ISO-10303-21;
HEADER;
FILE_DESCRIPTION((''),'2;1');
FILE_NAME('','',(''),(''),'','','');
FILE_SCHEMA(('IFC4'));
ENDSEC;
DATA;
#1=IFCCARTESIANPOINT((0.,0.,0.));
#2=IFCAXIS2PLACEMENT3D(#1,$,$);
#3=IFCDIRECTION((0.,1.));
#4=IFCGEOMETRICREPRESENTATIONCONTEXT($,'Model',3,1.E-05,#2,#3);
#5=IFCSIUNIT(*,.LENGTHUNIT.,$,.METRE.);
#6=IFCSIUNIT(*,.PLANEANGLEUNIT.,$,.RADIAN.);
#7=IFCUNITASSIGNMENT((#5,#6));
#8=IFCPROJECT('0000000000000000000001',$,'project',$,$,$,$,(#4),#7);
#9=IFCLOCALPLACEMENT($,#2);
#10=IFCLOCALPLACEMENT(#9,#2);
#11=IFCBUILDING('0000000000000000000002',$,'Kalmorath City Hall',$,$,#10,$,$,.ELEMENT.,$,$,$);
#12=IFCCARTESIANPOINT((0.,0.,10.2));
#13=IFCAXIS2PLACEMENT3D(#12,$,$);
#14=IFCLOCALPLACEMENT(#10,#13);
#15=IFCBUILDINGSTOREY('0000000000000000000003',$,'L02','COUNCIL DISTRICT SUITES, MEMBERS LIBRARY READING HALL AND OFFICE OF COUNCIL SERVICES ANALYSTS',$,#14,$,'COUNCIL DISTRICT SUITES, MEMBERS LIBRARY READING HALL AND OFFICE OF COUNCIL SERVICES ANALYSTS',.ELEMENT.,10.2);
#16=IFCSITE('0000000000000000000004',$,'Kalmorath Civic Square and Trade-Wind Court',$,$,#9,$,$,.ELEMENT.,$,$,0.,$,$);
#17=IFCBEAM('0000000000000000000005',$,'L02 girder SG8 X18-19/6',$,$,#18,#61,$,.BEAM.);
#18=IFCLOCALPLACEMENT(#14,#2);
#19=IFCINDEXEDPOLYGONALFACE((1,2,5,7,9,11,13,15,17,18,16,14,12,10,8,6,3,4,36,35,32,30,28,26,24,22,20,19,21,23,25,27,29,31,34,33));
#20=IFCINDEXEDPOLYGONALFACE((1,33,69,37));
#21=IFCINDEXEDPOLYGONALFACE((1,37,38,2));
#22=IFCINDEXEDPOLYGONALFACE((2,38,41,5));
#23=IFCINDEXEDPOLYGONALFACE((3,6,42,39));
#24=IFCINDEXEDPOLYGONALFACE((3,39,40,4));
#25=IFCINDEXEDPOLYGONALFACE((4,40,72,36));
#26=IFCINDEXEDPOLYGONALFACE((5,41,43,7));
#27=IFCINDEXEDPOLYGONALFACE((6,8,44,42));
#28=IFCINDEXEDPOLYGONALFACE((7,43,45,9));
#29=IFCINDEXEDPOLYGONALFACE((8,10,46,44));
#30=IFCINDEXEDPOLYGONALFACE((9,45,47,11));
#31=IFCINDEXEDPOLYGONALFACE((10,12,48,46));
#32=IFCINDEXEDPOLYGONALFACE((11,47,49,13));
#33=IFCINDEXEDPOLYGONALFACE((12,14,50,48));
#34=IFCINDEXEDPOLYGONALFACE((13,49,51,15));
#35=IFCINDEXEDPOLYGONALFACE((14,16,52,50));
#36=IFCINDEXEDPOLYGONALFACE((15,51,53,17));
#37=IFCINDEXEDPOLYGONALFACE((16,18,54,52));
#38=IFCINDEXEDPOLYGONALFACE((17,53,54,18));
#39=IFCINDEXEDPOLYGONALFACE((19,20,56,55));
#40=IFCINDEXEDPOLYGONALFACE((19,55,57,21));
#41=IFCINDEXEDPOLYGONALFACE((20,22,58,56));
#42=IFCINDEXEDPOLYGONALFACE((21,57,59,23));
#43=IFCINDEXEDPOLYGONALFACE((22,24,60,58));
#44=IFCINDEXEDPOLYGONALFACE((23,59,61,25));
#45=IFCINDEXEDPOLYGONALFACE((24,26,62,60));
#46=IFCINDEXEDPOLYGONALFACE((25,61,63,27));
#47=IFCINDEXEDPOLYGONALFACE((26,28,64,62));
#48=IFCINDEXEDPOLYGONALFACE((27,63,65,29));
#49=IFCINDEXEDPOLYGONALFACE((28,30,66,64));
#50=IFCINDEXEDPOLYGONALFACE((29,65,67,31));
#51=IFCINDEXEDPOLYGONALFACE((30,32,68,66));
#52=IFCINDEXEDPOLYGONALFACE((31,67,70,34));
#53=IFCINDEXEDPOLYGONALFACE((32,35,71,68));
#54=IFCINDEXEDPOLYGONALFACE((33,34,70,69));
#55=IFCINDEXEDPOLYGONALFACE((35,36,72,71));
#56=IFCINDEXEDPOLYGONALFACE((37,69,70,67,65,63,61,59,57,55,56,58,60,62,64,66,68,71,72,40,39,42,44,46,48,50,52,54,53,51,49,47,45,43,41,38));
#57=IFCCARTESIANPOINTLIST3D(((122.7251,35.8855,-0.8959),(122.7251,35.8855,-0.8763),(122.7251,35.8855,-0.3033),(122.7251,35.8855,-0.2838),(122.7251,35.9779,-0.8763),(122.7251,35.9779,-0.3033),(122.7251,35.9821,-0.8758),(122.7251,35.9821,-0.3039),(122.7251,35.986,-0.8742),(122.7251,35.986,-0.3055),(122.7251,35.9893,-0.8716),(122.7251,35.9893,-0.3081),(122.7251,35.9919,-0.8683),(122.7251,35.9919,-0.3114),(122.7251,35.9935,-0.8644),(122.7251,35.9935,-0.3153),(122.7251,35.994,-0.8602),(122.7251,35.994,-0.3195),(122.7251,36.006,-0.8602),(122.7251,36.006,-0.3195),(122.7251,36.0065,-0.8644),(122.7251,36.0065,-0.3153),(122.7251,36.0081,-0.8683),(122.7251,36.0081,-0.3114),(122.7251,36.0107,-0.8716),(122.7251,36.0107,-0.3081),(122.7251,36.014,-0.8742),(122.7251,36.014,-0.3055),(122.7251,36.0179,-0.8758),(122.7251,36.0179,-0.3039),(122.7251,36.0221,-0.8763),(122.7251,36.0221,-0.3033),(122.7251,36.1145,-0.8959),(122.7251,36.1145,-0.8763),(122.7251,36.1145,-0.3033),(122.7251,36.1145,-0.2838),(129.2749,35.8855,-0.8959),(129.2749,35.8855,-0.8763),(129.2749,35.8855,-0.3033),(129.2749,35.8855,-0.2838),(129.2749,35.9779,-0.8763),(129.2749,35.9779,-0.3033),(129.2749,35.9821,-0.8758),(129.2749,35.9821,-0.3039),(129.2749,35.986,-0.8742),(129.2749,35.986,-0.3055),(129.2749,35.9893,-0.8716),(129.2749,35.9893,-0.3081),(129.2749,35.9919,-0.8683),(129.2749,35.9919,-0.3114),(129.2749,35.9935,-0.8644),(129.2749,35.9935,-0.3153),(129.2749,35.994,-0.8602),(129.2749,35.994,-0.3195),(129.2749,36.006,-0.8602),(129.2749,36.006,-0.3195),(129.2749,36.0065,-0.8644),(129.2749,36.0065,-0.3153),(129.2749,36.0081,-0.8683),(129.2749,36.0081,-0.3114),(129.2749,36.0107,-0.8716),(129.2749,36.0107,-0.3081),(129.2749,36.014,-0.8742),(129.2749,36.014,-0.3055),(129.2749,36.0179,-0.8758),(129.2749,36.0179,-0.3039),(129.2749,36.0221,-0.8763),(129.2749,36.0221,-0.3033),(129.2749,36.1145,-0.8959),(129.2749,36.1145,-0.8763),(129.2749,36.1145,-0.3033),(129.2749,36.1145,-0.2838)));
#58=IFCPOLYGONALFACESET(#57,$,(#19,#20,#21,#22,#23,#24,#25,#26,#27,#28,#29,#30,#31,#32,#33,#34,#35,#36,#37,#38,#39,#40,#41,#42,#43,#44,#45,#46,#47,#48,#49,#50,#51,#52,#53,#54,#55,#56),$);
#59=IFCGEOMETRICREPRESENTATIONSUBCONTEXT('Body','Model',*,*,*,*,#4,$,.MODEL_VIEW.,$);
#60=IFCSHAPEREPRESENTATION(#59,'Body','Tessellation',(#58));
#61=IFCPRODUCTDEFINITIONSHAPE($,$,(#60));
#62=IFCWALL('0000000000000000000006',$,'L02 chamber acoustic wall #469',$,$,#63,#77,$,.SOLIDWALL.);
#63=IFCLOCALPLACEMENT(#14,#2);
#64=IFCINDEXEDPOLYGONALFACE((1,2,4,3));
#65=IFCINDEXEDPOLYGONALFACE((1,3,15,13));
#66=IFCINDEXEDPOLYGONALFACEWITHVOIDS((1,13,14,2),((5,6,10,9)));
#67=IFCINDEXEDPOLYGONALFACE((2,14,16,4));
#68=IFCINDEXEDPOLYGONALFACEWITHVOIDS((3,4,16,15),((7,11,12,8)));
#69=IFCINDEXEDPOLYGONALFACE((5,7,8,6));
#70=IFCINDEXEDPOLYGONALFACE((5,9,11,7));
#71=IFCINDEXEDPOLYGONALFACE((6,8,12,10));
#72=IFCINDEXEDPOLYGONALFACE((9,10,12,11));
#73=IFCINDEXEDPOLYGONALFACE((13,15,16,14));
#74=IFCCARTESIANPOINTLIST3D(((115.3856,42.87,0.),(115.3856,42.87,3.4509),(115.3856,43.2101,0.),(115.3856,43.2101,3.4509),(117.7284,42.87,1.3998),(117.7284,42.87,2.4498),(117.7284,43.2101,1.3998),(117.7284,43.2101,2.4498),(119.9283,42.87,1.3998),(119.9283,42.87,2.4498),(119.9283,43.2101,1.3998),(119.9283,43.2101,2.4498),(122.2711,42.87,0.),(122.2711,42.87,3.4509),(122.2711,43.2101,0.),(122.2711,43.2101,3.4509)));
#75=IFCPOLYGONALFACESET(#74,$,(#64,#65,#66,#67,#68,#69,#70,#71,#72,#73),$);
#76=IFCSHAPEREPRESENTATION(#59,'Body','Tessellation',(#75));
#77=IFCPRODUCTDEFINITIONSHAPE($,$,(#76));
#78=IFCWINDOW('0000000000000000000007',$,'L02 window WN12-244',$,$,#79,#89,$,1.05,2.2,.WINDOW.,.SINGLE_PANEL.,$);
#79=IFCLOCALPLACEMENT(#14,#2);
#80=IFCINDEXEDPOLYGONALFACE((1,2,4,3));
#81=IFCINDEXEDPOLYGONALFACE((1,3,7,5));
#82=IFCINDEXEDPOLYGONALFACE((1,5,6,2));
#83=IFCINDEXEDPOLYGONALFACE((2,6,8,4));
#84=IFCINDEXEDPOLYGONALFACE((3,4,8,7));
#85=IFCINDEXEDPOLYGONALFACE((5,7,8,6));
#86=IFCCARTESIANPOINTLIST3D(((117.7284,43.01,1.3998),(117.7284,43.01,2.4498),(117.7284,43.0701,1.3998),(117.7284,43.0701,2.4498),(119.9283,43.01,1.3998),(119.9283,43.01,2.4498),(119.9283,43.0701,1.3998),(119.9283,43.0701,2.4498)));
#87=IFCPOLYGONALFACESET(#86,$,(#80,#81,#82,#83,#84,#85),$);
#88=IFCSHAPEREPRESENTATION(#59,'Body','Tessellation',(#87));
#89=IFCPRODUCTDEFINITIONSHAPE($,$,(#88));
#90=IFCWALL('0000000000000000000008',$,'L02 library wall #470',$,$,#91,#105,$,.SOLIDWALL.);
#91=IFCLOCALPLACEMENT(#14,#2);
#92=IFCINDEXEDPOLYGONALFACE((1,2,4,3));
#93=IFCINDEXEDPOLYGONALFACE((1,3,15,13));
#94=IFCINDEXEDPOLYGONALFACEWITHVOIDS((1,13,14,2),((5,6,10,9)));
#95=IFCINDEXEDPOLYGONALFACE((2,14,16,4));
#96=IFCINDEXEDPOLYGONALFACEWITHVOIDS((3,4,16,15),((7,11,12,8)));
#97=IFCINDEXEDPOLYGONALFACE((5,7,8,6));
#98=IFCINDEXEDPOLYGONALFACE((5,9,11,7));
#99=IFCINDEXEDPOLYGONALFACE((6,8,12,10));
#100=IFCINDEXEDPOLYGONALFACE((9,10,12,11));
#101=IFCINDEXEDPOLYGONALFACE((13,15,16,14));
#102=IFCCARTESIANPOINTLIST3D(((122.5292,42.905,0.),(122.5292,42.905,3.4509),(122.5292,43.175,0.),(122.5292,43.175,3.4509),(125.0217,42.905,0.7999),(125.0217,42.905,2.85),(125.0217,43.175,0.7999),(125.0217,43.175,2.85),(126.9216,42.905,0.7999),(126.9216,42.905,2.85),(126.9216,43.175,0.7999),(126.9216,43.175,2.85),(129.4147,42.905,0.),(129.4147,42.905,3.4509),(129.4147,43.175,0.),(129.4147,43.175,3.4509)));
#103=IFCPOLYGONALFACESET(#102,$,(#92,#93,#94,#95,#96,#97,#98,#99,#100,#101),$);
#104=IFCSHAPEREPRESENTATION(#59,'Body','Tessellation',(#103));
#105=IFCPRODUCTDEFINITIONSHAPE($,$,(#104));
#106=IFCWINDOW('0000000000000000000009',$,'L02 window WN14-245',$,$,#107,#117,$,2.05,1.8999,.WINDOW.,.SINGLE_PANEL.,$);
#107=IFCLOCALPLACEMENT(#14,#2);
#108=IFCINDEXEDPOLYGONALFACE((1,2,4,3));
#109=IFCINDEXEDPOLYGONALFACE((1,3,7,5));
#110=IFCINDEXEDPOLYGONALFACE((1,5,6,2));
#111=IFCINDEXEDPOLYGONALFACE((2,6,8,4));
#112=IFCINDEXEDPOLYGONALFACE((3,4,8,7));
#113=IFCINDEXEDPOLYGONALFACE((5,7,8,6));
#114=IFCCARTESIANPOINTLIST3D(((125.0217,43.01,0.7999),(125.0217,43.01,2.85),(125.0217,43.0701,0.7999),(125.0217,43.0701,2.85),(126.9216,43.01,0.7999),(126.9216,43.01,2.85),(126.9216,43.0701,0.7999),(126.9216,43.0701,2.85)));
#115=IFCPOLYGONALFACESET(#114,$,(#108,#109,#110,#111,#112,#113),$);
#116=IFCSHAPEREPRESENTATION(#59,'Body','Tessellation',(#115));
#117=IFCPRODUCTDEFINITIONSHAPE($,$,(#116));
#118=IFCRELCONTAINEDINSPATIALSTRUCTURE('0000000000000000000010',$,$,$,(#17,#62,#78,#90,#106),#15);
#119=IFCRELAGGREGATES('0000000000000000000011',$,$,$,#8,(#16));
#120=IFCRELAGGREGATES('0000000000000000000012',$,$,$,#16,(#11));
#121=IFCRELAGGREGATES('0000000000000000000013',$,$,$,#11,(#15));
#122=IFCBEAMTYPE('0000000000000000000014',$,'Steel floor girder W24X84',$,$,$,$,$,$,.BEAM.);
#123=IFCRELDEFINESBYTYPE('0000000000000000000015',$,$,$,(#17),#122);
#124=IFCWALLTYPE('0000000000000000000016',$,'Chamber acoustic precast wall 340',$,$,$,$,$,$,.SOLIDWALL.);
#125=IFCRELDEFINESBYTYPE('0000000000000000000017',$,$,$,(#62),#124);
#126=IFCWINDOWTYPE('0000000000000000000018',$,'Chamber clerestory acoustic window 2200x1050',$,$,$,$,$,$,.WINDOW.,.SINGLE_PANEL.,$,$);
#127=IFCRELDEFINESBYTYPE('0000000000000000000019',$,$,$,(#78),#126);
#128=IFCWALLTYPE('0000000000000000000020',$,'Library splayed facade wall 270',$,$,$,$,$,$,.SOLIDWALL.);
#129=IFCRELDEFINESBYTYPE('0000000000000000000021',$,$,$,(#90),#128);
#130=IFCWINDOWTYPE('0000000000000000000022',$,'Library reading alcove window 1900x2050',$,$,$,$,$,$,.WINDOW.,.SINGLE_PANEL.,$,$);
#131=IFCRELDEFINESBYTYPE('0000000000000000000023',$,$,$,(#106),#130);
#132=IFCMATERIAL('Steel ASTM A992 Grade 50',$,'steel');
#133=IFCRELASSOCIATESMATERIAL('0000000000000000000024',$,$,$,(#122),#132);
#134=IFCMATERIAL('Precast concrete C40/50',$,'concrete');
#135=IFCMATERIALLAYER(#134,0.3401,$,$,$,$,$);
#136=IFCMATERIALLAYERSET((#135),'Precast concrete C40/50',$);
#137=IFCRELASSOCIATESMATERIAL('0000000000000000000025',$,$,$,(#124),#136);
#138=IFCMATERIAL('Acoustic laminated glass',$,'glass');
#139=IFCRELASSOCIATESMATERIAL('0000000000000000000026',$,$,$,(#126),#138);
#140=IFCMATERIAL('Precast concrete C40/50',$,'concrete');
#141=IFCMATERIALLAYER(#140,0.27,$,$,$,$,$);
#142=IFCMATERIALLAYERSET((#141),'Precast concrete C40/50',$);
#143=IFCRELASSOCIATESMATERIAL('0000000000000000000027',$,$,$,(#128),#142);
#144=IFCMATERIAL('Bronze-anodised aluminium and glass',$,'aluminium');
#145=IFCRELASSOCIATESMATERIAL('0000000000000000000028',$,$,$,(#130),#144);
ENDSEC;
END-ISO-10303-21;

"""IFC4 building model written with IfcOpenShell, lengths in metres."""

from ifc_helpers import new_model, si_unit, direction, frame, frame_2d, origin, origin_2d, place, context, subcontext, project, spatial, rectangle, i_section, extrude, material, layer, layer_set, material_profile, profile_set, type_object, element, fill, save


model = new_model("IFC4")

# Units and contexts
model_context = context("Model", 3, precision=1e-05, world=origin(), true_north=direction((0.0, 1.0)))
body_context = subcontext(model_context, "Body", "Model", "MODEL_VIEW")
ifc_project = project(units=[si_unit("LENGTHUNIT", "METRE"), si_unit("PLANEANGLEUNIT", "RADIAN")], contexts=[model_context])

# Site, building, storey
site_placement = place(None, origin())
site = spatial("IfcSite", under=ifc_project, at=site_placement, Name="Kalmorath Civic Square and Trade-Wind Court", CompositionType="ELEMENT", RefElevation=0.0)
building_placement = place(site_placement, origin())
building = spatial("IfcBuilding", under=site, at=building_placement, Name="Kalmorath City Hall", CompositionType="ELEMENT")
storey_placement = place(building_placement, frame((0.0, 0.0, 10.2)))
storey = spatial("IfcBuildingStorey", under=building, at=storey_placement, Name="L02", Description="COUNCIL DISTRICT SUITES, MEMBERS LIBRARY READING HALL AND OFFICE OF COUNCIL SERVICES ANALYSTS", LongName="COUNCIL DISTRICT SUITES, MEMBERS LIBRARY READING HALL AND OFFICE OF COUNCIL SERVICES ANALYSTS", CompositionType="ELEMENT", Elevation=10.2)

# Beam
ifc_material_1 = material(Name="Steel ASTM A992 Grade 50", Category="steel")
ifc_material_profile_1 = material_profile(ifc_material_1, i_section(OverallWidth=0.229, OverallDepth=0.6121, WebThickness=0.012, FlangeThickness=0.0195, FilletRadius=0.0161, at=origin_2d()), Name="W24X84")
ifc_profile_set_1 = profile_set([ifc_material_profile_1], Name="Steel ASTM A992 Grade 50")
beam_type_1 = type_object("IfcBeamType", Name="Steel floor girder W24X84", PredefinedType="BEAM", material=ifc_profile_set_1)
beam_1_placement = place(storey_placement, frame((122.7251, 36.0, -0.5898), z_axis=(1.0, 0.0, 0.0), x_axis=(0.0, 1.0, 0.0)))
element("IfcBeam", 1, at=beam_1_placement, inside=storey, type_object=beam_type_1, Name="L02 girder SG8 X18-19/6", PredefinedType="BEAM", context=body_context, shape_type="SweptSolid", body=[
    extrude(i_section(OverallWidth=0.229, OverallDepth=0.6121, WebThickness=0.012, FlangeThickness=0.0195, FilletRadius=0.0161, at=origin_2d()), origin(), (0.0, 0.0, 1.0), 6.5498),
])

# Walls, openings, windows
ifc_material_2 = material(Name="Precast concrete C40/50", Category="concrete")
ifc_layer_1 = layer(ifc_material_2, 0.3401)
ifc_layer_set_1 = layer_set([ifc_layer_1], Name="Precast concrete C40/50")
wall_type_1 = type_object("IfcWallType", Name="Chamber acoustic precast wall 340", PredefinedType="SOLIDWALL", material=ifc_layer_set_1)
wall_1_placement = place(storey_placement, frame((115.3855, 43.04, 0.0), z_axis=(0.0, 0.0, 1.0), x_axis=(1.0, 0.0, 0.0)))
wall_1 = element("IfcWall", 2, at=wall_1_placement, inside=storey, type_object=wall_type_1, Name="L02 chamber acoustic wall #469", PredefinedType="SOLIDWALL", context=body_context, shape_type="SweptSolid", body=[
    extrude(rectangle(XDim=6.8855, YDim=0.3401, at=frame_2d((3.4429, 0.0))), origin(), (0.0, 0.0, 1.0), 3.4509),
])
opening_1_placement = place(wall_1_placement, frame((2.3428, 0.0, 1.3999)))
opening_1 = element("IfcOpeningElement", 3, at=opening_1_placement, cuts=wall_1, PredefinedType="OPENING", context=body_context, shape_type="SweptSolid", body=[
    extrude(rectangle(XDim=2.2, YDim=1.05, at=frame_2d((1.1001, 0.5249))), frame((0.0, 0.1799, 0.0), z_axis=(0.0, -1.0, 0.0), x_axis=(1.0, 0.0, 0.0)), (0.0, 0.0, 1.0), 0.3601),
])
ifc_material_3 = material(Name="Acoustic laminated glass", Category="glass")
window_type_1 = type_object("IfcWindowType", Name="Chamber clerestory acoustic window 2200x1050", PartitioningType="SINGLE_PANEL", PredefinedType="WINDOW", material=ifc_material_3)
window_1_placement = place(opening_1_placement, origin())
window_1 = element("IfcWindow", 4, at=window_1_placement, inside=storey, type_object=window_type_1, Name="L02 window WN12-244", OverallHeight=1.05, OverallWidth=2.2, PartitioningType="SINGLE_PANEL", PredefinedType="WINDOW", context=body_context, shape_type="SweptSolid", body=[
    extrude(rectangle(XDim=2.2, YDim=1.05, at=frame_2d((1.1001, 0.5249))), frame((0.0, 0.03, 0.0), z_axis=(0.0, -1.0, 0.0), x_axis=(1.0, 0.0, 0.0)), (0.0, 0.0, 1.0), 0.0601),
])
fill(opening_1, window_1)
ifc_material_4 = material(Name="Precast concrete C40/50", Category="concrete")
ifc_layer_2 = layer(ifc_material_4, 0.27)
ifc_layer_set_2 = layer_set([ifc_layer_2], Name="Precast concrete C40/50")
wall_type_2 = type_object("IfcWallType", Name="Library splayed facade wall 270", PredefinedType="SOLIDWALL", material=ifc_layer_set_2)
wall_2_placement = place(storey_placement, frame((122.5291, 43.04, 0.0), z_axis=(0.0, 0.0, 1.0), x_axis=(1.0, 0.0, 0.0)))
wall_2 = element("IfcWall", 5, at=wall_2_placement, inside=storey, type_object=wall_type_2, Name="L02 library wall #470", PredefinedType="SOLIDWALL", context=body_context, shape_type="SweptSolid", body=[
    extrude(rectangle(XDim=6.8855, YDim=0.27, at=frame_2d((3.4429, 0.0))), origin(), (0.0, 0.0, 1.0), 3.4509),
])
opening_2_placement = place(wall_2_placement, frame((2.4927, 0.0, 0.8)))
opening_2 = element("IfcOpeningElement", 6, at=opening_2_placement, cuts=wall_2, PredefinedType="OPENING", context=body_context, shape_type="SweptSolid", body=[
    extrude(rectangle(XDim=1.8999, YDim=2.05, at=frame_2d((0.95, 1.0249))), frame((0.0, 0.145, 0.0), z_axis=(0.0, -1.0, 0.0), x_axis=(1.0, 0.0, 0.0)), (0.0, 0.0, 1.0), 0.29),
])
ifc_material_5 = material(Name="Bronze-anodised aluminium and glass", Category="aluminium")
window_type_2 = type_object("IfcWindowType", Name="Library reading alcove window 1900x2050", PartitioningType="SINGLE_PANEL", PredefinedType="WINDOW", material=ifc_material_5)
window_2_placement = place(opening_2_placement, origin())
window_2 = element("IfcWindow", 7, at=window_2_placement, inside=storey, type_object=window_type_2, Name="L02 window WN14-245", OverallHeight=2.05, OverallWidth=1.8999, PartitioningType="SINGLE_PANEL", PredefinedType="WINDOW", context=body_context, shape_type="SweptSolid", body=[
    extrude(rectangle(XDim=1.8999, YDim=2.05, at=frame_2d((0.95, 1.0249))), frame((0.0, 0.03, 0.0), z_axis=(0.0, -1.0, 0.0), x_axis=(1.0, 0.0, 0.0)), (0.0, 0.0, 1.0), 0.0601),
])
fill(opening_2, window_2)

save(model, "model.ifc")
